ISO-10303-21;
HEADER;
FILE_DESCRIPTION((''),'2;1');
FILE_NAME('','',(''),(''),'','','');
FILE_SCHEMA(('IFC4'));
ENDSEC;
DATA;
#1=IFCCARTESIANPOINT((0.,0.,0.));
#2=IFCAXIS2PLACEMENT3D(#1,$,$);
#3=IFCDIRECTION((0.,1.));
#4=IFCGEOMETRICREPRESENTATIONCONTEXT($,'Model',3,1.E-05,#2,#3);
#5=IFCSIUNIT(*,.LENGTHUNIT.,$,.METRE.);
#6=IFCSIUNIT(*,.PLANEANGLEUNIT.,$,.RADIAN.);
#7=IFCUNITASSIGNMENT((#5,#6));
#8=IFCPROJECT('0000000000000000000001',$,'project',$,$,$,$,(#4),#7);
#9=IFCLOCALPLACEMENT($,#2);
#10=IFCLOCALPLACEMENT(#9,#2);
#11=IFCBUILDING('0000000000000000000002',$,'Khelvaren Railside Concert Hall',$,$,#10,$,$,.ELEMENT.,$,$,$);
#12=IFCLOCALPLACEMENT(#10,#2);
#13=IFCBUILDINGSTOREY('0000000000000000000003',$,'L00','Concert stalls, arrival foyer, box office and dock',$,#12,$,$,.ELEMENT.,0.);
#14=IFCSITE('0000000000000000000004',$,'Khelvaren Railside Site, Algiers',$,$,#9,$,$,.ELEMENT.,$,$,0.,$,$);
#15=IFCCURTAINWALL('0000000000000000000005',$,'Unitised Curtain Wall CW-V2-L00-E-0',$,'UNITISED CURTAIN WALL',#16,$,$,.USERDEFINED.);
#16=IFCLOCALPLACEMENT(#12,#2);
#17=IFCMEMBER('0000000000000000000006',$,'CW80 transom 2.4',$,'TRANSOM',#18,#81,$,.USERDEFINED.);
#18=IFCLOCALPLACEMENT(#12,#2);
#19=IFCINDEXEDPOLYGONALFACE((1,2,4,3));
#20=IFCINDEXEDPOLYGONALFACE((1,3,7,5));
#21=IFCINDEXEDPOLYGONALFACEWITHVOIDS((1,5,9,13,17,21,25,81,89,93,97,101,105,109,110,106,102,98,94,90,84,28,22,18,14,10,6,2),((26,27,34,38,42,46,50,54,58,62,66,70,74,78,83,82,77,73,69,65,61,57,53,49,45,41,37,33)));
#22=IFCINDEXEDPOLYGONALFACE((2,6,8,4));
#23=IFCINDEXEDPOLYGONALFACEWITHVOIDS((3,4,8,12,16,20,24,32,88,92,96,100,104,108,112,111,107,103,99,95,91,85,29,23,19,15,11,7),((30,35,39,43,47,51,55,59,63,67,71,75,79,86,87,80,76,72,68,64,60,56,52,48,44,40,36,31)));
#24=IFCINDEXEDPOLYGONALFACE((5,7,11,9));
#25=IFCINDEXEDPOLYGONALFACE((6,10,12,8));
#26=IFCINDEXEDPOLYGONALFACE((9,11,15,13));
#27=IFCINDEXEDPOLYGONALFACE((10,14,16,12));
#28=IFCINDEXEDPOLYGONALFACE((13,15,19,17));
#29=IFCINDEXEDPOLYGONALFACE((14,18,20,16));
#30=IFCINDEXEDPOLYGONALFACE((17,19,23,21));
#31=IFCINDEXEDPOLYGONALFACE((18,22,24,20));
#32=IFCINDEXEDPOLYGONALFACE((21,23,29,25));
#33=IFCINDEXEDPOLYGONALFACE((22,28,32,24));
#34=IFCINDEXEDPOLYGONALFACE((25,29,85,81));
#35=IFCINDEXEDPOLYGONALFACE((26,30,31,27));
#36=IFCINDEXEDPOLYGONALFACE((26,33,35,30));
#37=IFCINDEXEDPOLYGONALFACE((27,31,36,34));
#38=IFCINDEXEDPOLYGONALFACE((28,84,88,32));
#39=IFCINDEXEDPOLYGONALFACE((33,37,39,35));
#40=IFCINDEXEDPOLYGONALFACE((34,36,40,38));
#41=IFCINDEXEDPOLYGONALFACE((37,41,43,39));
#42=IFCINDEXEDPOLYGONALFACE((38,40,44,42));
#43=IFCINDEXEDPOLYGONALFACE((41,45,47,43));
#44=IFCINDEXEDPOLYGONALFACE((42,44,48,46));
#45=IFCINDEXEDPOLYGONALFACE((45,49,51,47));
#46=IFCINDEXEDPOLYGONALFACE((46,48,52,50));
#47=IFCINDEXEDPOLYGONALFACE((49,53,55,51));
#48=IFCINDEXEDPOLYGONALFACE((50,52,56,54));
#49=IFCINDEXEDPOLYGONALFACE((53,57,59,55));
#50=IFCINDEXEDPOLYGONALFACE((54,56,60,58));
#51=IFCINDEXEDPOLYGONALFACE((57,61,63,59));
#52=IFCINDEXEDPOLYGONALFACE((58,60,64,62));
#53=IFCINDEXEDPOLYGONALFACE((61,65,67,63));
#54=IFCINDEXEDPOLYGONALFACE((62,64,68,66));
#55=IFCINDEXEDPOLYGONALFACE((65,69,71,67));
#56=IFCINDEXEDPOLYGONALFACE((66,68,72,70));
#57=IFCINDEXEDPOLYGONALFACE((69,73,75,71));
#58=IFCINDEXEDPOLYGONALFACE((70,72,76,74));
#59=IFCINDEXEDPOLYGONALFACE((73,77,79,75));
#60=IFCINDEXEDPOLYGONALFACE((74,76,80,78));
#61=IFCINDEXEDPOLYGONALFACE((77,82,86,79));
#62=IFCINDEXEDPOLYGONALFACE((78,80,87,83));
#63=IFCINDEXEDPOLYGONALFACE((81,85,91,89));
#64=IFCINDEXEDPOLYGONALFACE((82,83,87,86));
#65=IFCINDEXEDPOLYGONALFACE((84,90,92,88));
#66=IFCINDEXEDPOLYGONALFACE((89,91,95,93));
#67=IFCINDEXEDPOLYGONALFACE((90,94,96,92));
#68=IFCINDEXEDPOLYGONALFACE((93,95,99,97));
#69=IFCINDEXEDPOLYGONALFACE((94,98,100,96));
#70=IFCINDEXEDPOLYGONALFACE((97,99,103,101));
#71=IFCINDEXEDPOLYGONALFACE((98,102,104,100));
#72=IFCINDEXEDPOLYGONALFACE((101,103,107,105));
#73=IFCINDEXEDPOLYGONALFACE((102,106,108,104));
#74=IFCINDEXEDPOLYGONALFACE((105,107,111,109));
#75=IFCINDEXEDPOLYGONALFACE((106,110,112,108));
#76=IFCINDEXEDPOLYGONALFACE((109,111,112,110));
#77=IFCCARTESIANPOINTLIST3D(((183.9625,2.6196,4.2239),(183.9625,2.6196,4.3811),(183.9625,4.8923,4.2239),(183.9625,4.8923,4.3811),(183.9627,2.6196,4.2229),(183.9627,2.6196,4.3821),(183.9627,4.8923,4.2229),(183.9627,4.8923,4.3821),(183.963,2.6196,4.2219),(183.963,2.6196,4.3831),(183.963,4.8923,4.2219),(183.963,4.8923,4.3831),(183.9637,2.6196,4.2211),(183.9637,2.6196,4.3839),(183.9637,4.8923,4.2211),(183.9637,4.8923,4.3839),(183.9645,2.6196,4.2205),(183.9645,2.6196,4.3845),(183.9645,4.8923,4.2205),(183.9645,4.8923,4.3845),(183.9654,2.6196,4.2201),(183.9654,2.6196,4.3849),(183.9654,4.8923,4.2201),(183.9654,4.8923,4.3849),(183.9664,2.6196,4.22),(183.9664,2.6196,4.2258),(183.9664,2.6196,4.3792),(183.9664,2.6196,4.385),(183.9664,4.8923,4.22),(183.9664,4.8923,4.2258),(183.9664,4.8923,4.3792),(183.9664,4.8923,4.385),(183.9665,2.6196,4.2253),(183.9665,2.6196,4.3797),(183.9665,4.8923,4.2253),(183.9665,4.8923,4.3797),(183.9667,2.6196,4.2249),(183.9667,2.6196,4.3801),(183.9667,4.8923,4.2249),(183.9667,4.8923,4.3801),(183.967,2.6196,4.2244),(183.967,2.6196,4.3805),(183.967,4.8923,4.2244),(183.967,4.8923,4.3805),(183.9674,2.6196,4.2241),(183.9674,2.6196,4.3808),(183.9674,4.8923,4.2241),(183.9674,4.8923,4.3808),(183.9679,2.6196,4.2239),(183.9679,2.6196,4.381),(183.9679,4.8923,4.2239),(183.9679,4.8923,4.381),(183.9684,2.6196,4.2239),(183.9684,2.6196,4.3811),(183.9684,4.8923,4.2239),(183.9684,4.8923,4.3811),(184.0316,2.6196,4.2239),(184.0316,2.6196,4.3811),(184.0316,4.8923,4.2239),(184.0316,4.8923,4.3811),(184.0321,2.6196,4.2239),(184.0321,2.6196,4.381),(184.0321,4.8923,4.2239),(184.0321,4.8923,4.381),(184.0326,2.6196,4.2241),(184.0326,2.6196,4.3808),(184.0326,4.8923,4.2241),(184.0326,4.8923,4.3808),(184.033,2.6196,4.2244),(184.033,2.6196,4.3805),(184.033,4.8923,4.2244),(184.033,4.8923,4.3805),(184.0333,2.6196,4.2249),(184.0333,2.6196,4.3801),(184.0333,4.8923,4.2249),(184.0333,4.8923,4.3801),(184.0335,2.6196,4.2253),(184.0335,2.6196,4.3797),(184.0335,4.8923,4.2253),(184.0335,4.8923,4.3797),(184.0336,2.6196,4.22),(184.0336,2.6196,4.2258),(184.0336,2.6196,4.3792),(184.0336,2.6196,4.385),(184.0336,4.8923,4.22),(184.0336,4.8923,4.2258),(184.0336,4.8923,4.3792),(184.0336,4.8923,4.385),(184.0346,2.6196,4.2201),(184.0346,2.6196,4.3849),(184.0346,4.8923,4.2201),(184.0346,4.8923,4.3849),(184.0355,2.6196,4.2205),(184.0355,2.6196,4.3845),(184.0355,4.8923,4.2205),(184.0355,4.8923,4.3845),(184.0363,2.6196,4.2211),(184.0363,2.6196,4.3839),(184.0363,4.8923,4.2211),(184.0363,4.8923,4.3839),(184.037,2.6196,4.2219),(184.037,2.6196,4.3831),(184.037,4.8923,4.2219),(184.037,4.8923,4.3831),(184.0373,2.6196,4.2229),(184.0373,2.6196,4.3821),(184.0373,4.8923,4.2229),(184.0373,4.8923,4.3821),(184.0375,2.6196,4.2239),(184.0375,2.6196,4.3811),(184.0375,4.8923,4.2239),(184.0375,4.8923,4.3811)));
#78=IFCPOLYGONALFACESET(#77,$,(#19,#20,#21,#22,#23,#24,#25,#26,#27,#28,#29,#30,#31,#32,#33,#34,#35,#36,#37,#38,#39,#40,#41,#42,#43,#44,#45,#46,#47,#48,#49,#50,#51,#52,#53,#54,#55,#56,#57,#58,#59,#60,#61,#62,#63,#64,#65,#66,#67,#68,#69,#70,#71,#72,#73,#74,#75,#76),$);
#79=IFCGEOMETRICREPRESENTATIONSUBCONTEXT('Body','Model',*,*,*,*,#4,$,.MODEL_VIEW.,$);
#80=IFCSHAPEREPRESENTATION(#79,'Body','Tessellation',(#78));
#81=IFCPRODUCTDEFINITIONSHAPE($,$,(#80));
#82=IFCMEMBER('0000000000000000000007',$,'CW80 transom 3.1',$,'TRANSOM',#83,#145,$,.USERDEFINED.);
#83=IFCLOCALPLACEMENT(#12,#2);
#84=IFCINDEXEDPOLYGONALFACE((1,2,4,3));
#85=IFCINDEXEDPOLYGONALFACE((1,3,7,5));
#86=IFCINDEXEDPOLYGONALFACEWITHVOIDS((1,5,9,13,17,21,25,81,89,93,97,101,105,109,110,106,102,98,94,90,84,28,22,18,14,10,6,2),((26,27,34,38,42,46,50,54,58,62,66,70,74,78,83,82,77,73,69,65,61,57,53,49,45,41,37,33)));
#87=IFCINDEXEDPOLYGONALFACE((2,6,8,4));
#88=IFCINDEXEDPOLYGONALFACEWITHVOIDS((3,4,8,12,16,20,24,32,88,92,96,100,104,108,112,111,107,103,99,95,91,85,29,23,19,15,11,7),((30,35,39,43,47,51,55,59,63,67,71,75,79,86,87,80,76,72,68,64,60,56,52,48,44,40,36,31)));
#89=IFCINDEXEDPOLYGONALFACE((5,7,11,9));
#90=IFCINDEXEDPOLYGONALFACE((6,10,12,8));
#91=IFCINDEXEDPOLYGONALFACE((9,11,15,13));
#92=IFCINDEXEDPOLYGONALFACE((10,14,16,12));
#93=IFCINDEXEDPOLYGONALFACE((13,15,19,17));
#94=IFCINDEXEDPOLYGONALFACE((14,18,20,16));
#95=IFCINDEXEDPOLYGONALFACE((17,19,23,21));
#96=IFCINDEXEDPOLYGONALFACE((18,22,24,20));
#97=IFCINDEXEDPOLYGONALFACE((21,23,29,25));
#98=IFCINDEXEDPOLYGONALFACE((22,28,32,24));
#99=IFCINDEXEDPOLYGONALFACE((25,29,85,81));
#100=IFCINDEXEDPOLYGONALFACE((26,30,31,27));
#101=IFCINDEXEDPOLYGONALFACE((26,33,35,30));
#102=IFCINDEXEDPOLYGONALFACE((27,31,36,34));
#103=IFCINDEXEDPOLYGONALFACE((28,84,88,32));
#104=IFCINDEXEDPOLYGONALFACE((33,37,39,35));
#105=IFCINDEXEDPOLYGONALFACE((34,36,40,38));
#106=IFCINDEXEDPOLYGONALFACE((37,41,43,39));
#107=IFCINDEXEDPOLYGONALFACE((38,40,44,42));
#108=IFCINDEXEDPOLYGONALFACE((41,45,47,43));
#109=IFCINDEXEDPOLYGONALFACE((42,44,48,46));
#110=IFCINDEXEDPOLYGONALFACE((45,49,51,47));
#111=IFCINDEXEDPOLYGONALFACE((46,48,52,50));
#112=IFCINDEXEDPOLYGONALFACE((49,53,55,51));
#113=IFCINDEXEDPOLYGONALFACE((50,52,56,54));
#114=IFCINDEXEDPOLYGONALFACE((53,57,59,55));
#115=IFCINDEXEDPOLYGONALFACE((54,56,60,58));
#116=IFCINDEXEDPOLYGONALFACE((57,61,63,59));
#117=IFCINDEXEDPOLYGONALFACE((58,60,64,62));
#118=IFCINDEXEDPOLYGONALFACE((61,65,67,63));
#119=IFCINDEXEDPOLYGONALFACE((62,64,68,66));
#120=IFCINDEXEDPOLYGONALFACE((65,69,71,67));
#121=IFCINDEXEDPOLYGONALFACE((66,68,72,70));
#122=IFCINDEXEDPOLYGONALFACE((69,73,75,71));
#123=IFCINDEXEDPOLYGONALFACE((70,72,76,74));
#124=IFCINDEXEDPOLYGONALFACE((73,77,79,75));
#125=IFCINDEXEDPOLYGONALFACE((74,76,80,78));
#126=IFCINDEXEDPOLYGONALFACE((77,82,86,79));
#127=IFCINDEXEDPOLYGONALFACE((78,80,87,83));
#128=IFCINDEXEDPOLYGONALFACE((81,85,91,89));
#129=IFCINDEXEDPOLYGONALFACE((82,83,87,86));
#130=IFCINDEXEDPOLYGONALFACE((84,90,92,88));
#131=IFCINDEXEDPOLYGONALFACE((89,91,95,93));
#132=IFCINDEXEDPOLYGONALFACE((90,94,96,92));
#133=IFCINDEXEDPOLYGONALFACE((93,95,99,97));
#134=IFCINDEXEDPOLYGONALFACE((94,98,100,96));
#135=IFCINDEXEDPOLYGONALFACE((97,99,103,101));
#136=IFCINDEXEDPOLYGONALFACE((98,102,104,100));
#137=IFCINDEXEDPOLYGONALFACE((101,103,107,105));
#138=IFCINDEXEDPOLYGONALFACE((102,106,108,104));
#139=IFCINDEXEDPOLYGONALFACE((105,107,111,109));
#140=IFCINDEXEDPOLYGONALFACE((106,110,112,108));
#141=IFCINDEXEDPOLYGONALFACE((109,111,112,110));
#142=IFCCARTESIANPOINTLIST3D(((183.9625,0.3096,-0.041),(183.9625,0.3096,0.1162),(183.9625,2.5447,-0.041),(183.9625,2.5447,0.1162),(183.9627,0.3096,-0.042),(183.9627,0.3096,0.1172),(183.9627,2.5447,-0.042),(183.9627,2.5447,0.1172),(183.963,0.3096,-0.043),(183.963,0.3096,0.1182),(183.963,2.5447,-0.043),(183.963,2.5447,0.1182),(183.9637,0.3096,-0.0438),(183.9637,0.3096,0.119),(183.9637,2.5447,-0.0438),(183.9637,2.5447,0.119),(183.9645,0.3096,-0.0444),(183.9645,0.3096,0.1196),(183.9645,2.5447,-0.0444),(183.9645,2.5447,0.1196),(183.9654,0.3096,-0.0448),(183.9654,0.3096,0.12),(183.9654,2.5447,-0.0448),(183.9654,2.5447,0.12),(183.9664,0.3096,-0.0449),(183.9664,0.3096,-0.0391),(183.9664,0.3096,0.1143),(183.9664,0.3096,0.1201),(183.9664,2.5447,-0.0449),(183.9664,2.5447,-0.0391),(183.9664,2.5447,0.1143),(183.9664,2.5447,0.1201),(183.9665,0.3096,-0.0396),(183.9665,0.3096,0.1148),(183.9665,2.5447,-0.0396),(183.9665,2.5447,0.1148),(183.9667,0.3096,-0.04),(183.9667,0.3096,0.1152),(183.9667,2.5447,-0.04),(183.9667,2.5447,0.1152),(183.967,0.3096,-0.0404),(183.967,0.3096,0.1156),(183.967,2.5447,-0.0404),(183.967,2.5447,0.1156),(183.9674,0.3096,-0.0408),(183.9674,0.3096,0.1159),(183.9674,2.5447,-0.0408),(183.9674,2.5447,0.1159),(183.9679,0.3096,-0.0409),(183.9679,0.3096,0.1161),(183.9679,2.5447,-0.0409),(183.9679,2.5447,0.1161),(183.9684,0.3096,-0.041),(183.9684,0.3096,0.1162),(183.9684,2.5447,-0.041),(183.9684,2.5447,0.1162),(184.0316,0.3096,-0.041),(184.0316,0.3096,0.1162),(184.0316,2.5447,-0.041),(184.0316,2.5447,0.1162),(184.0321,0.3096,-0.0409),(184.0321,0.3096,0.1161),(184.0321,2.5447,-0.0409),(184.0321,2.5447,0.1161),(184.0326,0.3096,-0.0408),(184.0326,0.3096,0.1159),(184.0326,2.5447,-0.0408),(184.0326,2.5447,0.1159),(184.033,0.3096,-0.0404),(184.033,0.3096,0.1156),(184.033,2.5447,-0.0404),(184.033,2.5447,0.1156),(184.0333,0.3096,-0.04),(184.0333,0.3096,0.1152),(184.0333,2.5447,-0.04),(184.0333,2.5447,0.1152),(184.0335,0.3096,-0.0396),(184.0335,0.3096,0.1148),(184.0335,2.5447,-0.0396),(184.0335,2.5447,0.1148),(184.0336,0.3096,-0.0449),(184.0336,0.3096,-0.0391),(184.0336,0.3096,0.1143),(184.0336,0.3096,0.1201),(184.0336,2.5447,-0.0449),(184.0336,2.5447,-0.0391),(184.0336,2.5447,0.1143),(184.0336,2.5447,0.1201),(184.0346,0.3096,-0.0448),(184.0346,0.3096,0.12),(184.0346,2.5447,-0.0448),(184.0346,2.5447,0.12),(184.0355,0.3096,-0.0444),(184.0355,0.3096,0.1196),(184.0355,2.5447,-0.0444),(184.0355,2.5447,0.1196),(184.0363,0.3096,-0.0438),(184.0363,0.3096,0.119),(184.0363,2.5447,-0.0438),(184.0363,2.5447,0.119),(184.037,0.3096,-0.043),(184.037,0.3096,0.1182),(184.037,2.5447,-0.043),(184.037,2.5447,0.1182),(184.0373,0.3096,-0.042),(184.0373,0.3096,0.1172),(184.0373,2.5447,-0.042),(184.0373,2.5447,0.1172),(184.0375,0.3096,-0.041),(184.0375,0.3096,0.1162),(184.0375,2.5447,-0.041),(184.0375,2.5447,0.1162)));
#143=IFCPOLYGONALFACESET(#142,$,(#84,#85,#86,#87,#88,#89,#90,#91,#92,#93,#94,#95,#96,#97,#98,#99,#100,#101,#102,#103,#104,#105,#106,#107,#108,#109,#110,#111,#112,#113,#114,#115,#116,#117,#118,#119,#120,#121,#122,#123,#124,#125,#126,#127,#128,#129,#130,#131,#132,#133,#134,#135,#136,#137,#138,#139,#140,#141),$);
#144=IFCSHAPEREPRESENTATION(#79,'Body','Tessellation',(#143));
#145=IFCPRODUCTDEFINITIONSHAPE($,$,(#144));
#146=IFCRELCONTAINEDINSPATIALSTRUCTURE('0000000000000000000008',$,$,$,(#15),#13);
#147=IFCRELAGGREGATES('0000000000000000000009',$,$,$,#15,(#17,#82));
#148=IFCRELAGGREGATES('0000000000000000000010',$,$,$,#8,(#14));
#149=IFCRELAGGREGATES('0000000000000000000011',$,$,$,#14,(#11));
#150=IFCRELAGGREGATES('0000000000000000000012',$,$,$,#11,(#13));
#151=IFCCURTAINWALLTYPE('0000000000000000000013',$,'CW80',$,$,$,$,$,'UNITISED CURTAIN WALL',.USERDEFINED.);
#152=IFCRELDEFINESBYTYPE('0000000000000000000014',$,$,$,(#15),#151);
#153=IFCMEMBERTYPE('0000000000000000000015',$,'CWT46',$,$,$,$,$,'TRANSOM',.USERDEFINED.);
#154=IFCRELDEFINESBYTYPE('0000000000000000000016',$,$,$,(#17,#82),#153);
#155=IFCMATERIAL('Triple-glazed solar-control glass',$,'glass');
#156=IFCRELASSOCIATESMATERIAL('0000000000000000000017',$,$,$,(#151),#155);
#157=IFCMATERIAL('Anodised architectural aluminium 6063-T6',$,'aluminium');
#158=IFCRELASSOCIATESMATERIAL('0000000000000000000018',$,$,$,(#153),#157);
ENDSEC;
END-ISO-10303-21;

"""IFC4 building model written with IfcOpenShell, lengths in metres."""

from ifc_helpers import new_model, si_unit, direction, frame, origin, origin_2d, place, context, subcontext, project, spatial, hollow_rectangle, extrude, material, material_profile, profile_set, type_object, element, aggregate, save


model = new_model("IFC4")

# Units and contexts
model_context = context("Model", 3, precision=1e-05, world=origin(), true_north=direction((0.0, 1.0)))
body_context = subcontext(model_context, "Body", "Model", "MODEL_VIEW")
ifc_project = project(units=[si_unit("LENGTHUNIT", "METRE"), si_unit("PLANEANGLEUNIT", "RADIAN")], contexts=[model_context])

# Site, building, storey
site_placement = place(None, origin())
site = spatial("IfcSite", under=ifc_project, at=site_placement, Name="Khelvaren Railside Site, Algiers", CompositionType="ELEMENT", RefElevation=0.0)
building_placement = place(site_placement, origin())
building = spatial("IfcBuilding", under=site, at=building_placement, Name="Khelvaren Railside Concert Hall", CompositionType="ELEMENT")
storey_placement = place(building_placement, origin())
storey = spatial("IfcBuildingStorey", under=building, at=storey_placement, Name="L00", Description="Concert stalls, arrival foyer, box office and dock", CompositionType="ELEMENT", Elevation=0.0)

# Curtain wall
ifc_material_1 = material(Name="Triple-glazed solar-control glass", Category="glass")
curtain_wall_type_1 = type_object("IfcCurtainWallType", Name="CW80", ElementType="UNITISED CURTAIN WALL", PredefinedType="USERDEFINED", material=ifc_material_1)
curtain_wall_1_placement = place(storey_placement, origin())
curtain_wall_1 = element("IfcCurtainWall", 1, at=curtain_wall_1_placement, inside=storey, type_object=curtain_wall_type_1, Name="Unitised Curtain Wall CW-V2-L00-E-0", ObjectType="UNITISED CURTAIN WALL", PredefinedType="USERDEFINED")
ifc_material_2 = material(Name="Anodised architectural aluminium 6063-T6", Category="aluminium")

# Members
ifc_material_profile_1 = material_profile(ifc_material_2, hollow_rectangle(XDim=0.075, YDim=0.165, WallThickness=0.0039, InnerFilletRadius=0.002, OuterFilletRadius=0.0039, at=origin_2d()), Name="CWT 75x165x4")
ifc_profile_set_1 = profile_set([ifc_material_profile_1], Name="Anodised architectural aluminium 6063-T6")
member_type_1 = type_object("IfcMemberType", Name="CWT46", ElementType="TRANSOM", PredefinedType="USERDEFINED", material=ifc_profile_set_1)
member_1_placement = place(storey_placement, frame((184.0, 4.8923, 4.3025), z_axis=(0.0, -1.0, 0.0), x_axis=(1.0, 0.0, 0.0)))
member_1 = element("IfcMember", 2, at=member_1_placement, type_object=member_type_1, Name="CW80 transom 2.4", ObjectType="TRANSOM", PredefinedType="USERDEFINED", context=body_context, shape_type="SweptSolid", body=[
    extrude(hollow_rectangle(XDim=0.075, YDim=0.165, WallThickness=0.0039, InnerFilletRadius=0.002, OuterFilletRadius=0.0039, at=origin_2d()), origin(), (0.0, 0.0, 1.0), 2.2727),
])
member_2_placement = place(storey_placement, frame((184.0, 2.5447, 0.0376), z_axis=(0.0, -1.0, 0.0), x_axis=(1.0, 0.0, 0.0)))
member_2 = element("IfcMember", 3, at=member_2_placement, type_object=member_type_1, Name="CW80 transom 3.1", ObjectType="TRANSOM", PredefinedType="USERDEFINED", context=body_context, shape_type="SweptSolid", body=[
    extrude(hollow_rectangle(XDim=0.075, YDim=0.165, WallThickness=0.0039, InnerFilletRadius=0.002, OuterFilletRadius=0.0039, at=origin_2d()), origin(), (0.0, 0.0, 1.0), 2.2351),
])

aggregate(curtain_wall_1, [member_1, member_2])

save(model, "model.ifc")
